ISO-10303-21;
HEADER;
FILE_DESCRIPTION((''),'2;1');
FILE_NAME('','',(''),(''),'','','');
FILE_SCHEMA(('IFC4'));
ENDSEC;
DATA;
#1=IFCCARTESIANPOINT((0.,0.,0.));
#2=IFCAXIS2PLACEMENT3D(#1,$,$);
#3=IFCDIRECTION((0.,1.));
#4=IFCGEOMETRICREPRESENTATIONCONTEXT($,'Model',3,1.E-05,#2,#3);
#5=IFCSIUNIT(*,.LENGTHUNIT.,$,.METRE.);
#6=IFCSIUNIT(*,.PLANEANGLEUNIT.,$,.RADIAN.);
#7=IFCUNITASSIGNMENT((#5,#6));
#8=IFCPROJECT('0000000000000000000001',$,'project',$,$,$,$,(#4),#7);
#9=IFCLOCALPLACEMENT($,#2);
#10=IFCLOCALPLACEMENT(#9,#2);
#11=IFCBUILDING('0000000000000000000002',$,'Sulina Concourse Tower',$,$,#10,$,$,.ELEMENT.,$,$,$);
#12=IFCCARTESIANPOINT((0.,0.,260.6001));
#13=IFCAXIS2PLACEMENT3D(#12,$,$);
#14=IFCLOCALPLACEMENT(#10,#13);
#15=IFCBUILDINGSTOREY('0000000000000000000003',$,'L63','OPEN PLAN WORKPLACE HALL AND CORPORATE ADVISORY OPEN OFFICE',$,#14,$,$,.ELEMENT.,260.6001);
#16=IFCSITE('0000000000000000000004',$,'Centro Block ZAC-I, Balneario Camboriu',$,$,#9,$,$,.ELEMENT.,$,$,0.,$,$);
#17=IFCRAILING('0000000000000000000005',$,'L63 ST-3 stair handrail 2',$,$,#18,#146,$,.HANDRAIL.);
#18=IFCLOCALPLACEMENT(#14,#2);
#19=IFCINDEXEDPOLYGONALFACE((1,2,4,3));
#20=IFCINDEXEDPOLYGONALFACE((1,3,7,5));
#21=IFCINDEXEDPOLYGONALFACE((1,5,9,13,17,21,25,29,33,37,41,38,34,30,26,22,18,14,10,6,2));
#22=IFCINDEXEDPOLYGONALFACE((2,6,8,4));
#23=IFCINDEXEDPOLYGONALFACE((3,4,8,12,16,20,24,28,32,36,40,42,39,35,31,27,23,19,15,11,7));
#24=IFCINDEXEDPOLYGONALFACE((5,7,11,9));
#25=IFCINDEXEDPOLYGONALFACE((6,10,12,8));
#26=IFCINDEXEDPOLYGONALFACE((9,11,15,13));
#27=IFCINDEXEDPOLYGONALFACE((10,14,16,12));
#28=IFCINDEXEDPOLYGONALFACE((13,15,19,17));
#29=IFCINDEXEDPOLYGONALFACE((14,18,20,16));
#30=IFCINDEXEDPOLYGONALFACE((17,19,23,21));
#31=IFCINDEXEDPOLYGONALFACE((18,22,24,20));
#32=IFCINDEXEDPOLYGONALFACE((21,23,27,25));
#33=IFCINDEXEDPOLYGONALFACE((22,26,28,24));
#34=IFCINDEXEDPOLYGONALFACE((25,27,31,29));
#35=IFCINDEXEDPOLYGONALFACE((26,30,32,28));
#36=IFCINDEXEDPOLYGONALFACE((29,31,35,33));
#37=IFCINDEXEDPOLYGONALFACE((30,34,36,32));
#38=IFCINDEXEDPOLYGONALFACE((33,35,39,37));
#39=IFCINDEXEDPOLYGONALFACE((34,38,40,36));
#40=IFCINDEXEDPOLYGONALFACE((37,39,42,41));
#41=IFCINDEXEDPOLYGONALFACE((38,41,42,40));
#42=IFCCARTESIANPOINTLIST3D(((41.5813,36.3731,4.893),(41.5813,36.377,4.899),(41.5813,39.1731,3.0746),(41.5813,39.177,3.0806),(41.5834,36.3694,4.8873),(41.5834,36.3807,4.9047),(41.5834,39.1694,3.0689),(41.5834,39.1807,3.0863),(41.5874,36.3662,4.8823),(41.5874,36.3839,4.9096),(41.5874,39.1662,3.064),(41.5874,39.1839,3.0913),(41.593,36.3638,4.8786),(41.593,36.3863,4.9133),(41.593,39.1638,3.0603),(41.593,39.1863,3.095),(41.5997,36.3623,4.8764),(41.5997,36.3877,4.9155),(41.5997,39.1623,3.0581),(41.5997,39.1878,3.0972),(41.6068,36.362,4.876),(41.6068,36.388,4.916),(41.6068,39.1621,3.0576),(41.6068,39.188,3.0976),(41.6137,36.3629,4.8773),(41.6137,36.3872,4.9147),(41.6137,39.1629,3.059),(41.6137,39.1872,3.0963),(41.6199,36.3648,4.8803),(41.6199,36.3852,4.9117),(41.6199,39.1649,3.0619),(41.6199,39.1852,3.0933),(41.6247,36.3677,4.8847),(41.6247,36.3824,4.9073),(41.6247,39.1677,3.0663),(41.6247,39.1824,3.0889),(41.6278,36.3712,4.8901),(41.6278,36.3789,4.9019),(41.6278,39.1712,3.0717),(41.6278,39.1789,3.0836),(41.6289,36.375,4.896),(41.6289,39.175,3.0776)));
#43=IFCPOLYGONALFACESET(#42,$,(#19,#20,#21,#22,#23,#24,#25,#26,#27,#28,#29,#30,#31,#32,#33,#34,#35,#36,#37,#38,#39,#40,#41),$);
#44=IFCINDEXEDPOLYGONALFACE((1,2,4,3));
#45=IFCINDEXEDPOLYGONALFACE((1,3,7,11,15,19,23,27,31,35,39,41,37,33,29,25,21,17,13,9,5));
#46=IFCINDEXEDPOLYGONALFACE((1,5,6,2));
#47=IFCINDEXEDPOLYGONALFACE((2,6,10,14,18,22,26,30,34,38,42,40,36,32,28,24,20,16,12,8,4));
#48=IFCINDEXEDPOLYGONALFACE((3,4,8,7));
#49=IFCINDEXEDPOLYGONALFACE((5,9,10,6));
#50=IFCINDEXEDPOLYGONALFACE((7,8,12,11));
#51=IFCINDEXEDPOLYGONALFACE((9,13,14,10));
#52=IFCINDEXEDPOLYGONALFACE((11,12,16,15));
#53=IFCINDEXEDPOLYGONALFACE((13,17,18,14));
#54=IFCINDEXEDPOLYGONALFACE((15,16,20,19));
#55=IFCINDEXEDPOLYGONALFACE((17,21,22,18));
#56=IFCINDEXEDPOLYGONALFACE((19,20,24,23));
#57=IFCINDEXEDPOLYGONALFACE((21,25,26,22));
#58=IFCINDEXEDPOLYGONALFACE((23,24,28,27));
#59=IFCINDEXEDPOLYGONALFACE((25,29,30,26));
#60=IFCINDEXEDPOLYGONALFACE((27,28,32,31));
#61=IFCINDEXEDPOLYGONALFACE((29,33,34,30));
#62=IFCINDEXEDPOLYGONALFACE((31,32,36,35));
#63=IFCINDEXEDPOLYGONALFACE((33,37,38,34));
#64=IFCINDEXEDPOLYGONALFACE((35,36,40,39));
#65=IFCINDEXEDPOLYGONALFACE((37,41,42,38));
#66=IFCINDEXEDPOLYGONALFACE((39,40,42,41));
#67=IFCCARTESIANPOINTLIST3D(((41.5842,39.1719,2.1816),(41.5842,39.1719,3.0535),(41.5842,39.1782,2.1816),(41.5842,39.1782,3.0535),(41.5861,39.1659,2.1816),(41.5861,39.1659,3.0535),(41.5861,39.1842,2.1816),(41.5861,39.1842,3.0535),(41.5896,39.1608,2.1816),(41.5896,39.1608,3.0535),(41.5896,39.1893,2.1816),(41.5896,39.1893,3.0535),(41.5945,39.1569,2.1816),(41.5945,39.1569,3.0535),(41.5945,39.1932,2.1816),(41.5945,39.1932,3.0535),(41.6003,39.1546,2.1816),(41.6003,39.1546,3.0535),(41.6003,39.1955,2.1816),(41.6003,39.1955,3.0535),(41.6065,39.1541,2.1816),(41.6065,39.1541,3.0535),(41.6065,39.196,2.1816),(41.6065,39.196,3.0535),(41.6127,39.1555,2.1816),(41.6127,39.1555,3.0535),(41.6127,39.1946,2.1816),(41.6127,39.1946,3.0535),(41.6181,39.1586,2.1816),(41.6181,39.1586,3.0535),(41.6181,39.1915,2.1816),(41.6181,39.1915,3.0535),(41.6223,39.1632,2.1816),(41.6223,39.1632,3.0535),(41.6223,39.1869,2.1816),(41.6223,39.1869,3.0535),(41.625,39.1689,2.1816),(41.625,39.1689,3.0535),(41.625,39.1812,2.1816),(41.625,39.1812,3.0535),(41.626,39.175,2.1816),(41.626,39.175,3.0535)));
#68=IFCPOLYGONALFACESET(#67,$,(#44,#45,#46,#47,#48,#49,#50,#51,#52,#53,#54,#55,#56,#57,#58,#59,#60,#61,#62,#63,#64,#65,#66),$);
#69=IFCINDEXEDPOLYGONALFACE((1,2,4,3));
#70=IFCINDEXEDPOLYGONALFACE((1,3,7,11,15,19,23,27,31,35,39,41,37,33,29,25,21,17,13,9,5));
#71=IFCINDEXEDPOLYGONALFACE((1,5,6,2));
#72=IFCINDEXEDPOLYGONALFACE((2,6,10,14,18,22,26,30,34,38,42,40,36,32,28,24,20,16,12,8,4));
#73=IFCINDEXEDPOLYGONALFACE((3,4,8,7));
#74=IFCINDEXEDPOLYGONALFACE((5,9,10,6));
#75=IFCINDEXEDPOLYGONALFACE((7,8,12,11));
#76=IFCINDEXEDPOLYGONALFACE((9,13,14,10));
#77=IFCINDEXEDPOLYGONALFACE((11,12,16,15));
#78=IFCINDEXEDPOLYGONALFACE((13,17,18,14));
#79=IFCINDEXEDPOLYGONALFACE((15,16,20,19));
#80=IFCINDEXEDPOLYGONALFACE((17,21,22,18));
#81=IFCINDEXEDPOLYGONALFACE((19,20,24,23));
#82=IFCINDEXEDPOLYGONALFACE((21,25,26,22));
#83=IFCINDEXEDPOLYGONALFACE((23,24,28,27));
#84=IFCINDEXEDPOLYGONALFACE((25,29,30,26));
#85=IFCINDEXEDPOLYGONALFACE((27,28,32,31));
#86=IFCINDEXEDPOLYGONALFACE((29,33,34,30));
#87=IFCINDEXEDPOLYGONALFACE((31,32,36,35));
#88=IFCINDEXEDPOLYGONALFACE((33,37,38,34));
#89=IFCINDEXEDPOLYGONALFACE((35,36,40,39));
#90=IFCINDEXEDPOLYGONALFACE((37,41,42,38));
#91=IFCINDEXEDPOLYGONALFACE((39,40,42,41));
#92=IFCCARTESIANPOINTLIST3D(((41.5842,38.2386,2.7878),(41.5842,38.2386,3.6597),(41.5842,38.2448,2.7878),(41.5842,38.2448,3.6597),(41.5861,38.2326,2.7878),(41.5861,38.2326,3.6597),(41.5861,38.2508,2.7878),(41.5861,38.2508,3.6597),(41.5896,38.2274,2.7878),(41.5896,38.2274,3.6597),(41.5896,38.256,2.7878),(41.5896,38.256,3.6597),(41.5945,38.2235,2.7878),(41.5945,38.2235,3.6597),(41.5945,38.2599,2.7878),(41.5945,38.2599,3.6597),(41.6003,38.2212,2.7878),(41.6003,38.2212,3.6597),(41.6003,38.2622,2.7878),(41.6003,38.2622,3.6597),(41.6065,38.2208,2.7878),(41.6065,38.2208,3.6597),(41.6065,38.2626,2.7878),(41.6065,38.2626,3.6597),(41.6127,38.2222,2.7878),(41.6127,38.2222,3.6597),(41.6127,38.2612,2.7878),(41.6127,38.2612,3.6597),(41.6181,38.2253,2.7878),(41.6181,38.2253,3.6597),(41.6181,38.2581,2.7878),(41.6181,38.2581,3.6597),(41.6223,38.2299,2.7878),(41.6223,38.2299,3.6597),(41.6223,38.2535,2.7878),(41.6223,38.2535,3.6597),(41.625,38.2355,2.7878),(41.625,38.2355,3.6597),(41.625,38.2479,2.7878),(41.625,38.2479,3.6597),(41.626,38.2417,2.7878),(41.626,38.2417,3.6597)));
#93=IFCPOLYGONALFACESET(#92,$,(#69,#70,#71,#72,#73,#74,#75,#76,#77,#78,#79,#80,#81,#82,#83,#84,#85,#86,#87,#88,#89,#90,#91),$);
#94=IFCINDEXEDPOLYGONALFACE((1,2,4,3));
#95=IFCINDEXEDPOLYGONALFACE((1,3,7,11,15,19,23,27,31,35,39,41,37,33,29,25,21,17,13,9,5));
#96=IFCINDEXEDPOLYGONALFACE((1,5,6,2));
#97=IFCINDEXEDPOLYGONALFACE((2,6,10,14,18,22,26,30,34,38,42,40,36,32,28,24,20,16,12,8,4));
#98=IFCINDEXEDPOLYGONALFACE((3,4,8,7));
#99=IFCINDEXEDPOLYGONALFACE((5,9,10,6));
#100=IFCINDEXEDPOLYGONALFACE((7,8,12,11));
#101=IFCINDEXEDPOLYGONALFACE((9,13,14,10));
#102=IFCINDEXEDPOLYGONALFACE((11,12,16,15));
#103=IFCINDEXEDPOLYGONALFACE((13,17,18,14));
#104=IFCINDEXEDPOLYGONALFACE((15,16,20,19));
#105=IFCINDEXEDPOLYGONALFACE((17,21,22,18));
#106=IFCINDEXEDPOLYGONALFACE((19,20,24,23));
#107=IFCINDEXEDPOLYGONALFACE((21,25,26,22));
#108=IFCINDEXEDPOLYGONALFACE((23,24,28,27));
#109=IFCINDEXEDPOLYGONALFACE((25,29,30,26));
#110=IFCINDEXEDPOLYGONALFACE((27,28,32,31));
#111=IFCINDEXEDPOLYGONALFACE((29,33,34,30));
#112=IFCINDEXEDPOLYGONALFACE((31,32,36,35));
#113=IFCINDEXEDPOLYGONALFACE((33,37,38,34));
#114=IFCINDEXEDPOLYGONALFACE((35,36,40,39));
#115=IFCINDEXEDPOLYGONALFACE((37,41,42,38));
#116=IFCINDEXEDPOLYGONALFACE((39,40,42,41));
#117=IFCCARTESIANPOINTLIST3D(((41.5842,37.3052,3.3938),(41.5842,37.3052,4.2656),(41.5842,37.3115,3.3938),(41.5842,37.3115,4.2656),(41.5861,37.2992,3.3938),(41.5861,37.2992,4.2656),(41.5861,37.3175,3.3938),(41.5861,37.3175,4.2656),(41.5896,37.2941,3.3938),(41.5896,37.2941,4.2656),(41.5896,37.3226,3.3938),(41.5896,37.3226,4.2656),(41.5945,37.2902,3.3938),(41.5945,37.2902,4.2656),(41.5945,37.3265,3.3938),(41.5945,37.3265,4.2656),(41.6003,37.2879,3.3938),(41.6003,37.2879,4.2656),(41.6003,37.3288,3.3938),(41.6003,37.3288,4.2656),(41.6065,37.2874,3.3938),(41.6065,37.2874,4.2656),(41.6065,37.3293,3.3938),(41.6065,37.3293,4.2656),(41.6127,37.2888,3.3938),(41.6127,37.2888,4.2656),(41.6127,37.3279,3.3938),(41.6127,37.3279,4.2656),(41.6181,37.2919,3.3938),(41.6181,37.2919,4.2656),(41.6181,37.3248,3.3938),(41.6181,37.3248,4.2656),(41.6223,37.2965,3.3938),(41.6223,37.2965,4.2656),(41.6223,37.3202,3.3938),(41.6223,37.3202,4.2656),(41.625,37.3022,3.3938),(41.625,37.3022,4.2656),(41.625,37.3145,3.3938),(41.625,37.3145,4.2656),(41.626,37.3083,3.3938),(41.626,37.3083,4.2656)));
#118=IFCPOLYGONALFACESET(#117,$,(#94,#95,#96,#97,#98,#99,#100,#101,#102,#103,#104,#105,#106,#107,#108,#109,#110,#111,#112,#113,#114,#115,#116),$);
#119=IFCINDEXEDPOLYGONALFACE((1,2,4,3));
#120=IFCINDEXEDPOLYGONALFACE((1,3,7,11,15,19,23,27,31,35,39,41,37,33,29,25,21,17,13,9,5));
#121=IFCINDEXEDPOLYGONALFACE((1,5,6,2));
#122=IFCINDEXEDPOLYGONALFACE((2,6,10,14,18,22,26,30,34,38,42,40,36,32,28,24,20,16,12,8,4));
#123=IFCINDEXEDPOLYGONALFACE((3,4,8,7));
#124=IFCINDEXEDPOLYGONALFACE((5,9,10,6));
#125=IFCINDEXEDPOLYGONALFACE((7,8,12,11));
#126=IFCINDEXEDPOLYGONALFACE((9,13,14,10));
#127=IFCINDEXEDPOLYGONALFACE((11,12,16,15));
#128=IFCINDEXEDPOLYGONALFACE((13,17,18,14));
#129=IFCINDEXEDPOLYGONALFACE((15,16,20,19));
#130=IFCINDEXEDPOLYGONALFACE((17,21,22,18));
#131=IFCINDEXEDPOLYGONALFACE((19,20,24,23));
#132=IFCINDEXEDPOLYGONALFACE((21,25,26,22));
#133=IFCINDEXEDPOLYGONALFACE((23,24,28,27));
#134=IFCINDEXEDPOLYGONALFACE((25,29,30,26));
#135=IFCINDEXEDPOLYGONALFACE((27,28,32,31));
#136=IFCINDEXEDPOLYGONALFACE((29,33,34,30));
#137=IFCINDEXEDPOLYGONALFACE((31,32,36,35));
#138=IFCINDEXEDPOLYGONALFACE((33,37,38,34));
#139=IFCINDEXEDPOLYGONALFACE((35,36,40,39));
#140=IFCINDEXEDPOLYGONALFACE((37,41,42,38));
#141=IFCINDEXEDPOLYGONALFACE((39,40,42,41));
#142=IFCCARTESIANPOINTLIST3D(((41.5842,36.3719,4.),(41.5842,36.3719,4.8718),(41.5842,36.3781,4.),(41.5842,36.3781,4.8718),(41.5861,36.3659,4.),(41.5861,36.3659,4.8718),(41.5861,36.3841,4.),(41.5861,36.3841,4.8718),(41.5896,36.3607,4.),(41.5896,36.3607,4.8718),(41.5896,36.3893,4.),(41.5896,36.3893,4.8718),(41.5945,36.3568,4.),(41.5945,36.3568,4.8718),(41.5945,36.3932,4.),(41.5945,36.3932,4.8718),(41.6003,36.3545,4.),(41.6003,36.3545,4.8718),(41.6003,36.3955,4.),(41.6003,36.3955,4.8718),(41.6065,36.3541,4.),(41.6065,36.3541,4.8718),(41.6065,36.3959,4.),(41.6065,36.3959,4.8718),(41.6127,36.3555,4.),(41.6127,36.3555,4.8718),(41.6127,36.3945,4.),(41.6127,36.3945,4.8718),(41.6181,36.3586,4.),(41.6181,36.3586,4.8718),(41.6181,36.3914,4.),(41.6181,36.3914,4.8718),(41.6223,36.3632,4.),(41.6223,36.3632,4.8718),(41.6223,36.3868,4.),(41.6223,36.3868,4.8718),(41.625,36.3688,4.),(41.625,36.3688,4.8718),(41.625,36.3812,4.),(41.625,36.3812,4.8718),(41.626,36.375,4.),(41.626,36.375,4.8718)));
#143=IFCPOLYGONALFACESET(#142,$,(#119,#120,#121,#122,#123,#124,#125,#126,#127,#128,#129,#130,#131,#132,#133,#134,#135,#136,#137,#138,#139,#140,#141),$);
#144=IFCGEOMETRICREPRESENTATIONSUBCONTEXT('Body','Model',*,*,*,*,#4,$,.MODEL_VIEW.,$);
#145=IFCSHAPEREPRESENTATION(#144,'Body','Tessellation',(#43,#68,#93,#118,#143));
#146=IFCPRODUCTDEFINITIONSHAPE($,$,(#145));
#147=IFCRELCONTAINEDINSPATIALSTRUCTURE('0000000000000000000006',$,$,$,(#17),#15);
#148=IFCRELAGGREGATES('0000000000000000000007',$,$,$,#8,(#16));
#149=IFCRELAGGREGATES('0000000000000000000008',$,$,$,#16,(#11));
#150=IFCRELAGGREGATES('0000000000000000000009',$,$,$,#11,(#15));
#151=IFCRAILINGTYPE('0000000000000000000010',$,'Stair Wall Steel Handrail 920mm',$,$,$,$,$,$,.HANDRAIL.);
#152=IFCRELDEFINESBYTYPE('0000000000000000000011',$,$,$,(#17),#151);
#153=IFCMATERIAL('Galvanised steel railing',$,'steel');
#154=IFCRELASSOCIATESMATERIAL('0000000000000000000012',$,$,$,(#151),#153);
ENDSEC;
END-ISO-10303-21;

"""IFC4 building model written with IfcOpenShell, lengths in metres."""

from ifc_helpers import new_model, si_unit, direction, frame, origin, origin_2d, place, context, subcontext, project, spatial, circle, extrude, material, type_object, element, save


model = new_model("IFC4")

# Units and contexts
model_context = context("Model", 3, precision=1e-05, world=origin(), true_north=direction((0.0, 1.0)))
body_context = subcontext(model_context, "Body", "Model", "MODEL_VIEW")
ifc_project = project(units=[si_unit("LENGTHUNIT", "METRE"), si_unit("PLANEANGLEUNIT", "RADIAN")], contexts=[model_context])

# Site, building, storey
site_placement = place(None, origin())
site = spatial("IfcSite", under=ifc_project, at=site_placement, Name="Centro Block ZAC-I, Balneario Camboriu", CompositionType="ELEMENT", RefElevation=0.0)
building_placement = place(site_placement, origin())
building = spatial("IfcBuilding", under=site, at=building_placement, Name="Sulina Concourse Tower", CompositionType="ELEMENT")
storey_placement = place(building_placement, frame((0.0, 0.0, 260.6001)))
storey = spatial("IfcBuildingStorey", under=building, at=storey_placement, Name="L63", Description="OPEN PLAN WORKPLACE HALL AND CORPORATE ADVISORY OPEN OFFICE", CompositionType="ELEMENT", Elevation=260.6001)

# Railing
ifc_material_1 = material(Name="Galvanised steel railing", Category="steel")
railing_type_1 = type_object("IfcRailingType", Name="Stair Wall Steel Handrail 920mm", PredefinedType="HANDRAIL", material=ifc_material_1)
railing_1_placement = place(storey_placement, frame((41.605, 39.175, 2.1816)))
element("IfcRailing", 1, at=railing_1_placement, inside=storey, type_object=railing_type_1, Name="L63 ST-3 stair handrail 2", PredefinedType="HANDRAIL", context=body_context, shape_type="SweptSolid", body=[
    extrude(circle(Radius=0.0239, at=origin_2d()), frame((0.0, 0.0, 0.896), z_axis=(0.0, -0.838672, 0.544636), x_axis=(1.0, 0.0, 0.0)), (0.0, 0.0, 1.0), 3.3386),
    extrude(circle(Radius=0.021, at=origin_2d()), origin(), (0.0, 0.0, 1.0), 0.8718),
    extrude(circle(Radius=0.021, at=origin_2d()), frame((0.0, -0.9333, 0.6062)), (0.0, 0.0, 1.0), 0.8718),
    extrude(circle(Radius=0.021, at=origin_2d()), frame((0.0, -1.8667, 1.2122)), (0.0, 0.0, 1.0), 0.8718),
    extrude(circle(Radius=0.021, at=origin_2d()), frame((0.0, -2.8, 1.8184)), (0.0, 0.0, 1.0), 0.8718),
])

save(model, "model.ifc")
